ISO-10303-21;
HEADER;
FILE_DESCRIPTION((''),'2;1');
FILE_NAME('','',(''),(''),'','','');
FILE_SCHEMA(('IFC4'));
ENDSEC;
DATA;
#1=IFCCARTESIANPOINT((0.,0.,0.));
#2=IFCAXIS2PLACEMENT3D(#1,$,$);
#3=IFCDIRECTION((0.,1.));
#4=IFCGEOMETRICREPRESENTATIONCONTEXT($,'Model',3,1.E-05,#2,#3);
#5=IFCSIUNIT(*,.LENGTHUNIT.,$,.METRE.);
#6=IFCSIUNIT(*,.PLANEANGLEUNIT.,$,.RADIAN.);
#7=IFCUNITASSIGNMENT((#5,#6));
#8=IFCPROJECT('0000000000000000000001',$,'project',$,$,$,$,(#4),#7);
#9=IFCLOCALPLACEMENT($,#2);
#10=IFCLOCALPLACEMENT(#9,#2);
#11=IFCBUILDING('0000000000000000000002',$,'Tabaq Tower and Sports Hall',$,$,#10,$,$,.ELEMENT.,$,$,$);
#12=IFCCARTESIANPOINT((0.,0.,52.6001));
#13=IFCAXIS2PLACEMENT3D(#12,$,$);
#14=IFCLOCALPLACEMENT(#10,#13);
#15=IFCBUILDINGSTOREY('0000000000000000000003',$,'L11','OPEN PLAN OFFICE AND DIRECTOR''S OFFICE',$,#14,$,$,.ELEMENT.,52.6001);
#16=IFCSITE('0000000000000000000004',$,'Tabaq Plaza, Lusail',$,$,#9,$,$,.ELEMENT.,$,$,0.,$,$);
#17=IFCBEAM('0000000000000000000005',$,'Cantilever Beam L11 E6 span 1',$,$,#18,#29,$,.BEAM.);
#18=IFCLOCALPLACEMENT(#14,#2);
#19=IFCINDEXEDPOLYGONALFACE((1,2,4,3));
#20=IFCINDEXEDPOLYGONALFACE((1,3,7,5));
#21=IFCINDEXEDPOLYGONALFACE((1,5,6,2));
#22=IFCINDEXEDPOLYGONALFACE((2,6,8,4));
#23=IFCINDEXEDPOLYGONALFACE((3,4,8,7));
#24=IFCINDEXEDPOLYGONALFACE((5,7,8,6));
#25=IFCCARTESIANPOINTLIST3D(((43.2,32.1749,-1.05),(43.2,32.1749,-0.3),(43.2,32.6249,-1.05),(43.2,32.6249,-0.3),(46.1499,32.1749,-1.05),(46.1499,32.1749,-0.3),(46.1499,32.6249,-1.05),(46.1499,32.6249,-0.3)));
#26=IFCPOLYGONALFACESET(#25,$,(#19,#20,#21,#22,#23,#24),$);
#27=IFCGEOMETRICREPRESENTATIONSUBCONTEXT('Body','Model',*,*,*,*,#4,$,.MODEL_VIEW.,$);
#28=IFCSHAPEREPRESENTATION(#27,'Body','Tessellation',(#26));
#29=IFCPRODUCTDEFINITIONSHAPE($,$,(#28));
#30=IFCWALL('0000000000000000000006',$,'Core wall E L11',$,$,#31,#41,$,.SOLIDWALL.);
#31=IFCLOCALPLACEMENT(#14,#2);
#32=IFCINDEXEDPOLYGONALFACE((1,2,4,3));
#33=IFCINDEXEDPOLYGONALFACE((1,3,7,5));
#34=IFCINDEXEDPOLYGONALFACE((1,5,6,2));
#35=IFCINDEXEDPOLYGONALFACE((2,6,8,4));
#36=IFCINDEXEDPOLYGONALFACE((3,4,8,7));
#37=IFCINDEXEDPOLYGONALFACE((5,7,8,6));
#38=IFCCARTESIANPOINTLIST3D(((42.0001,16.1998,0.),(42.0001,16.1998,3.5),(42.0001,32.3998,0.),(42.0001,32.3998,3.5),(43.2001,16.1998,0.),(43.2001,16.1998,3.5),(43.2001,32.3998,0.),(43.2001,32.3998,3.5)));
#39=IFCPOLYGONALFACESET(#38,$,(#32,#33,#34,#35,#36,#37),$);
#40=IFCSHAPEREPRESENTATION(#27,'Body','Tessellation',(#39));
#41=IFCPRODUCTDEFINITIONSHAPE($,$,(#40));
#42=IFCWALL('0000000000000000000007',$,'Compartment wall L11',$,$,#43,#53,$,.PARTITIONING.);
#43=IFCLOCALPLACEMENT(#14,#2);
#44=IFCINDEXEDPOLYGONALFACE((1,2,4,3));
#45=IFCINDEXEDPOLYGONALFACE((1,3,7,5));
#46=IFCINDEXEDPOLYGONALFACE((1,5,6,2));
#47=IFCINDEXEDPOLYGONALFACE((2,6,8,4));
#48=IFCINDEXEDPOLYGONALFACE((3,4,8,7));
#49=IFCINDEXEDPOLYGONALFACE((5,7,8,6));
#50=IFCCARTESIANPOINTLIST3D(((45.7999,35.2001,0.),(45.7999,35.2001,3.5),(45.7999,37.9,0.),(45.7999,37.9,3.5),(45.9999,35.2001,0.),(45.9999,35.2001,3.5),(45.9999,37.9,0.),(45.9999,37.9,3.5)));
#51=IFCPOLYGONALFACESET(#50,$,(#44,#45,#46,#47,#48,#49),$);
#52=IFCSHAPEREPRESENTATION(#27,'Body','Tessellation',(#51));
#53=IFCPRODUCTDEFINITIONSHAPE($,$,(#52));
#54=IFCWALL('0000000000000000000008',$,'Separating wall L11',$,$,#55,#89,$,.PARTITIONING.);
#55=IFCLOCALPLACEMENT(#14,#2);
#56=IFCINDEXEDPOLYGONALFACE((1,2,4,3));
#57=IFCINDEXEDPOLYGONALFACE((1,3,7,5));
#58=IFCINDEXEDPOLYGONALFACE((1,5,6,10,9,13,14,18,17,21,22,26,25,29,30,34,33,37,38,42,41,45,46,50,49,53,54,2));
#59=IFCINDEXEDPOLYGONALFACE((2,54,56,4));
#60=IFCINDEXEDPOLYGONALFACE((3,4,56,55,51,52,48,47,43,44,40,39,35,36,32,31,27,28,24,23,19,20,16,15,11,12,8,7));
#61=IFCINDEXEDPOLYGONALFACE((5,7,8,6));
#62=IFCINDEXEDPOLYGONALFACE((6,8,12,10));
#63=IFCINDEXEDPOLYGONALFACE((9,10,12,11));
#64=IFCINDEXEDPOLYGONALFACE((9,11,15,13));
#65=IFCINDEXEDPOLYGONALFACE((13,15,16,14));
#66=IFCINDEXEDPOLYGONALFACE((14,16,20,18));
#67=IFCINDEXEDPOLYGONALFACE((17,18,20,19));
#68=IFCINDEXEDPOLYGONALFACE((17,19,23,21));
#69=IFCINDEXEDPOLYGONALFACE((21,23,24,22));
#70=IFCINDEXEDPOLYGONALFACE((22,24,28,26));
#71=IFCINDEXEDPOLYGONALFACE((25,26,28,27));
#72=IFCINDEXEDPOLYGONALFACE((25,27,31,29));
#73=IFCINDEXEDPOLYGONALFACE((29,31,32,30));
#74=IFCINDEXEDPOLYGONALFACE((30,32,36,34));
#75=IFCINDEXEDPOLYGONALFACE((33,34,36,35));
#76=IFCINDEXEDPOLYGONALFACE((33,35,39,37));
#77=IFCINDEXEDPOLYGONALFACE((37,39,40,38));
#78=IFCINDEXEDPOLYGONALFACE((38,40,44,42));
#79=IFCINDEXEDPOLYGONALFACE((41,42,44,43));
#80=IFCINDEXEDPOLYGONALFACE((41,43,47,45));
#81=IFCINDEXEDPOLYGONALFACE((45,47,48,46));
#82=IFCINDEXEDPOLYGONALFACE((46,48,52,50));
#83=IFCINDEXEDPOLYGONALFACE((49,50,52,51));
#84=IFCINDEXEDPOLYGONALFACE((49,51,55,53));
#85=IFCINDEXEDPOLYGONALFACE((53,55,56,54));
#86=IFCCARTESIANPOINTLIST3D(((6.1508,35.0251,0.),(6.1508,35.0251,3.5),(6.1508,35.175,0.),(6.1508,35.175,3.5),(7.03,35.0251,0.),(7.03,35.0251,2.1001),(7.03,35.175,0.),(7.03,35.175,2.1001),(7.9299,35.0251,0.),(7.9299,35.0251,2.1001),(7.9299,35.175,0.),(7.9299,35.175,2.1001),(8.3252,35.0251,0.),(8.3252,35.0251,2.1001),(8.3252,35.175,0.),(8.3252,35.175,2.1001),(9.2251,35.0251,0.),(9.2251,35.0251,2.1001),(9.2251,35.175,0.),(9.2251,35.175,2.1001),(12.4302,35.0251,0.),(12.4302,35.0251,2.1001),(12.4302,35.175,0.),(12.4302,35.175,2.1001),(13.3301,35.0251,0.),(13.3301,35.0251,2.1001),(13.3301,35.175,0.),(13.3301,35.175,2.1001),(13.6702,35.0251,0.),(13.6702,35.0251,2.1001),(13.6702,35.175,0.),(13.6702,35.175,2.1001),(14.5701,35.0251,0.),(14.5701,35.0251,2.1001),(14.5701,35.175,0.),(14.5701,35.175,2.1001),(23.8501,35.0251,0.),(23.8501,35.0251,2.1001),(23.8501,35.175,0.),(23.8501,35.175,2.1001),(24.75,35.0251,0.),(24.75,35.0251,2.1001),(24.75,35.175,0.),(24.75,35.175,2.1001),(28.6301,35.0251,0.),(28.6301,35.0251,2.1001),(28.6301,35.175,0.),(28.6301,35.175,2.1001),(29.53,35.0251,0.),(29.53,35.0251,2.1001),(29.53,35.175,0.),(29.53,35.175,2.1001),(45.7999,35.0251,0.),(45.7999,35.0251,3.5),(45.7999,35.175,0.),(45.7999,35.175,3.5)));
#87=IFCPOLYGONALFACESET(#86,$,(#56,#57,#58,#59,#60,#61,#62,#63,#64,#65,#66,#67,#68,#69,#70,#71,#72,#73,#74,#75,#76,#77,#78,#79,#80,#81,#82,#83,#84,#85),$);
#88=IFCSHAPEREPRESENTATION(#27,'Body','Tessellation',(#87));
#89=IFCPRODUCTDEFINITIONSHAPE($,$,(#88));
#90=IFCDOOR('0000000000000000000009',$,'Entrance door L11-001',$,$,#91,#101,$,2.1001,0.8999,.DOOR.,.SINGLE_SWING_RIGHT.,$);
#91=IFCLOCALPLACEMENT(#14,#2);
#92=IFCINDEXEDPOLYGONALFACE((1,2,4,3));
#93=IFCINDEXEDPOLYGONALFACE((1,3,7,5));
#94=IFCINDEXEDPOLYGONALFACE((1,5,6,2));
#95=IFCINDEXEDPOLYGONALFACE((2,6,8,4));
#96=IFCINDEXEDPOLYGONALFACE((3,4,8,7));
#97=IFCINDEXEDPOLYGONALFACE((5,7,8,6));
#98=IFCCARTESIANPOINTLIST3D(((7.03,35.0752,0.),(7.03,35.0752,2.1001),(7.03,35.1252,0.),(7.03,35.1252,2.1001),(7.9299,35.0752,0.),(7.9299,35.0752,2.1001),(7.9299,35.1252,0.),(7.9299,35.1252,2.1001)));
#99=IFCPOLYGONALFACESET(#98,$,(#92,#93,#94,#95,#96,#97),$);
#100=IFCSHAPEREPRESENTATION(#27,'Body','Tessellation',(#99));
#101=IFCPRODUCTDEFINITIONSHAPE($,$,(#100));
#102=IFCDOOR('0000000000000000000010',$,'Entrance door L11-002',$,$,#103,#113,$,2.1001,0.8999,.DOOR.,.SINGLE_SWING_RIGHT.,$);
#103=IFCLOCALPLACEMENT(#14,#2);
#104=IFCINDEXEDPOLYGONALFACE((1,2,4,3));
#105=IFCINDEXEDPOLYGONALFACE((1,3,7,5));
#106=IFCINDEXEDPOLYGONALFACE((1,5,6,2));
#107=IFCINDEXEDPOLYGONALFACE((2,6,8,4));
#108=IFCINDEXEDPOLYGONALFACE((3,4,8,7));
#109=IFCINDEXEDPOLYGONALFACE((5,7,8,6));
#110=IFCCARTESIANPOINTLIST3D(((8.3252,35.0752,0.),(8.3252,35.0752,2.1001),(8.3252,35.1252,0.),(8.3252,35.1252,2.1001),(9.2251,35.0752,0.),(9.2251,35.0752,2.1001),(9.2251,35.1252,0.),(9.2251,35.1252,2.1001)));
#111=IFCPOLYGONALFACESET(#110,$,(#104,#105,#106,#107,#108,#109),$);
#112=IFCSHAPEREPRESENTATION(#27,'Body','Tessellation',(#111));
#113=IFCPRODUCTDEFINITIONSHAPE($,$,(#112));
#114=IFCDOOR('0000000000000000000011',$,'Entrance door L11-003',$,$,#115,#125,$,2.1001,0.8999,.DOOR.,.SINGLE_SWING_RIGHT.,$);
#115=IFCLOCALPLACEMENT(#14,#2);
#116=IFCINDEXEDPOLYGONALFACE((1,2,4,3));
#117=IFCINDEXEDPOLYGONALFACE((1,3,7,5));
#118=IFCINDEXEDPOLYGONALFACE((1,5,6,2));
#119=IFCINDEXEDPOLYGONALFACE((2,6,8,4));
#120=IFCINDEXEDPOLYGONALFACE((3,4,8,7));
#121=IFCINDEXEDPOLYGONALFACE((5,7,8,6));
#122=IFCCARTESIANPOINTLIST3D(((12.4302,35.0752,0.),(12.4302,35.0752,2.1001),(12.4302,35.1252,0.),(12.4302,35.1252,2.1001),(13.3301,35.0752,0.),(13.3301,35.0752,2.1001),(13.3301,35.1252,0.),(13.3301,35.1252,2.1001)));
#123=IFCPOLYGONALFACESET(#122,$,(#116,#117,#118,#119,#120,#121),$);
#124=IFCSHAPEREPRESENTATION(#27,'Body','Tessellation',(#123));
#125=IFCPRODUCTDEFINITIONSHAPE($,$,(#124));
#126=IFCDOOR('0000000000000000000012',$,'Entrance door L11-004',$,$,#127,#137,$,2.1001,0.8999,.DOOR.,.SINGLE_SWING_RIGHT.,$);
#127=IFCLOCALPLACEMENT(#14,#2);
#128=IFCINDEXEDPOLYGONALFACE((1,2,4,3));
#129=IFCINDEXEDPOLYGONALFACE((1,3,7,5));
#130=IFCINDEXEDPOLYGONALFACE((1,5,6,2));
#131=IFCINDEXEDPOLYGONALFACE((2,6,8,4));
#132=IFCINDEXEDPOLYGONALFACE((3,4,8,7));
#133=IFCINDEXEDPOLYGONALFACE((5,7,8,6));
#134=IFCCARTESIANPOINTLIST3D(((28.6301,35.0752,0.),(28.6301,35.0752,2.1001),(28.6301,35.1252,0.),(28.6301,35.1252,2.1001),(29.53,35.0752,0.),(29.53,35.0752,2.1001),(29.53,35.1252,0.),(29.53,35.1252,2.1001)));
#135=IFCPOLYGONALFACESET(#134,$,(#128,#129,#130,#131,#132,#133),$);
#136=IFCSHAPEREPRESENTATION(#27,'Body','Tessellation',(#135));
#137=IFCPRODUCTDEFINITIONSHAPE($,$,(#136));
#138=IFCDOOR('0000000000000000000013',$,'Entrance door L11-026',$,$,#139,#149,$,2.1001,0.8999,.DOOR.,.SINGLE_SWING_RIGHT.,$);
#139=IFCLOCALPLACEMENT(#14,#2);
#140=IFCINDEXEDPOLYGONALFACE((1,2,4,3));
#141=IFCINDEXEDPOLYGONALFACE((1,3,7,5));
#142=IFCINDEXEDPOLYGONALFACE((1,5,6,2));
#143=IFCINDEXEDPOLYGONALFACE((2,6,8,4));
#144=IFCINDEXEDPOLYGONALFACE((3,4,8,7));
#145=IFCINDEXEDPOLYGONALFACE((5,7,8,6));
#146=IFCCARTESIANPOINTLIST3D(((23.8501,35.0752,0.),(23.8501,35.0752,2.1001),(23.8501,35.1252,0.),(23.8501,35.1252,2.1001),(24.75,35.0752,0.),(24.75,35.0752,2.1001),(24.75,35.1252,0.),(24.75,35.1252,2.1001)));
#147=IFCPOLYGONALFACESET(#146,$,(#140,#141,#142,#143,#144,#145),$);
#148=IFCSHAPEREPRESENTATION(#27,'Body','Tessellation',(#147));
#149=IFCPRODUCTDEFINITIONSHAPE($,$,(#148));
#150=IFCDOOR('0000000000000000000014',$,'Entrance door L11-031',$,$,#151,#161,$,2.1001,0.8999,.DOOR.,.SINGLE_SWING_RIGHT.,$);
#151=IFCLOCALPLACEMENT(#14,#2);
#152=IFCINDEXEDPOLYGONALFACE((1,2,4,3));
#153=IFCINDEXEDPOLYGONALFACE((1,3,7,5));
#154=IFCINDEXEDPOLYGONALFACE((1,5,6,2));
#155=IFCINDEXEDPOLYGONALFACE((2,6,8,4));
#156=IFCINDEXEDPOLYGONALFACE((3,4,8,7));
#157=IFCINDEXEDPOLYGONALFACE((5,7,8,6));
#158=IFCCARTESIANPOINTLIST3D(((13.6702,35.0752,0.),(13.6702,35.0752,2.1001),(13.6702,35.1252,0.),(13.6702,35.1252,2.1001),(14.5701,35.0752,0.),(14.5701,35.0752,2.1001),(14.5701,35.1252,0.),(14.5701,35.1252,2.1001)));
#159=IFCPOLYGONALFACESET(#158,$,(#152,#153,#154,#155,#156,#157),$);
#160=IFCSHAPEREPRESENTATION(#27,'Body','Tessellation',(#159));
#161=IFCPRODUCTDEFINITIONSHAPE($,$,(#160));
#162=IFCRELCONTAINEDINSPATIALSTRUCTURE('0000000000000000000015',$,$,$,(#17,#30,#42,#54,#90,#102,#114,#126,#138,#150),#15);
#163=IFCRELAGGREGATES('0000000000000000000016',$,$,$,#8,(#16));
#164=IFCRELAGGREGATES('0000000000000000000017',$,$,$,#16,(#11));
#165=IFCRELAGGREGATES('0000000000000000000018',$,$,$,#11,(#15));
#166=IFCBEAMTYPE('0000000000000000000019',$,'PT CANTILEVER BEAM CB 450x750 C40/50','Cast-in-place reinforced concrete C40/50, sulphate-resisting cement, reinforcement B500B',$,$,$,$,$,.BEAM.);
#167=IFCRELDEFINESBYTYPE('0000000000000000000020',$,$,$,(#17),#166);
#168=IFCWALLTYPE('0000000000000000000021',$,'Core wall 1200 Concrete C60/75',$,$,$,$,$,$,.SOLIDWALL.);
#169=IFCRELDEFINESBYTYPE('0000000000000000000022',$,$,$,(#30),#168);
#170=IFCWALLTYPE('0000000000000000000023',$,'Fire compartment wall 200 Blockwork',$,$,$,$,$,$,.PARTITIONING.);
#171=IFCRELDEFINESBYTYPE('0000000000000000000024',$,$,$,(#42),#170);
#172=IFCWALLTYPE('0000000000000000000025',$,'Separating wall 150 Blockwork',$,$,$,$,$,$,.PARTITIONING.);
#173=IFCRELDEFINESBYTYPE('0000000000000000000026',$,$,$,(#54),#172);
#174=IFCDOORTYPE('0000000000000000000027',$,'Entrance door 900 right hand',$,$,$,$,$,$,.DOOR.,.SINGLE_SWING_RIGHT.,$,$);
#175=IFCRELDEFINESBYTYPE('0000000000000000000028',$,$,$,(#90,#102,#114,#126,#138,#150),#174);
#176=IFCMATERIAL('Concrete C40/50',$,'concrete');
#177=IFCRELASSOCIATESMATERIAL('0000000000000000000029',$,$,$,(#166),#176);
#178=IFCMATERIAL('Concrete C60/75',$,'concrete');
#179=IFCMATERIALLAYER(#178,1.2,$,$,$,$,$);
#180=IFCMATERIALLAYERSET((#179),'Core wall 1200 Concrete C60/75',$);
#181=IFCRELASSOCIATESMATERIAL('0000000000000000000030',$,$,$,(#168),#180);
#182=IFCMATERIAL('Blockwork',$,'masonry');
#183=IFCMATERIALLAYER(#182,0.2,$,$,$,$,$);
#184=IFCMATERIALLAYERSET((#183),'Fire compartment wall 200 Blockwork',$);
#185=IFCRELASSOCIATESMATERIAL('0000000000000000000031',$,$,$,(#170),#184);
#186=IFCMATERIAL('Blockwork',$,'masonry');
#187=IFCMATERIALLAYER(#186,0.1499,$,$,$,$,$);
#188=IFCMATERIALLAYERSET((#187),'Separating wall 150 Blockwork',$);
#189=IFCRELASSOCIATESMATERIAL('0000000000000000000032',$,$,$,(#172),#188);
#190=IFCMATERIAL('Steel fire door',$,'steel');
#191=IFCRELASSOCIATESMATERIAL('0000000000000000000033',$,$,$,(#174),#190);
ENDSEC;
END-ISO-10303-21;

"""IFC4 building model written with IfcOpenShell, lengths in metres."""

from ifc_helpers import new_model, si_unit, direction, frame, frame_2d, origin, origin_2d, place, context, subcontext, project, spatial, rectangle, extrude, material, layer, layer_set, material_profile, profile_set, type_object, element, fill, save


model = new_model("IFC4")

# Units and contexts
model_context = context("Model", 3, precision=1e-05, world=origin(), true_north=direction((0.0, 1.0)))
body_context = subcontext(model_context, "Body", "Model", "MODEL_VIEW")
ifc_project = project(units=[si_unit("LENGTHUNIT", "METRE"), si_unit("PLANEANGLEUNIT", "RADIAN")], contexts=[model_context])

# Site, building, storey
site_placement = place(None, origin())
site = spatial("IfcSite", under=ifc_project, at=site_placement, Name="Tabaq Plaza, Lusail", CompositionType="ELEMENT", RefElevation=0.0)
building_placement = place(site_placement, origin())
building = spatial("IfcBuilding", under=site, at=building_placement, Name="Tabaq Tower and Sports Hall", CompositionType="ELEMENT")
storey_placement = place(building_placement, frame((0.0, 0.0, 52.6001)))
storey = spatial("IfcBuildingStorey", under=building, at=storey_placement, Name="L11", Description="OPEN PLAN OFFICE AND DIRECTOR'S OFFICE", CompositionType="ELEMENT", Elevation=52.6001)

# Beam
ifc_material_1 = material(Name="Concrete C40/50", Category="concrete")
ifc_material_profile = material_profile(ifc_material_1, rectangle(XDim=0.45, YDim=0.75, at=origin_2d()), Name="CB 450x750")
ifc_profile_set = profile_set([ifc_material_profile], Name="Concrete C40/50")
beam_type = type_object("IfcBeamType", Name="PT CANTILEVER BEAM CB 450x750 C40/50", Description="Cast-in-place reinforced concrete C40/50, sulphate-resisting cement, reinforcement B500B", PredefinedType="BEAM", material=ifc_profile_set)
beam_placement = place(storey_placement, frame((46.1499, 32.3999, -0.675), z_axis=(-1.0, 0.0, 0.0), x_axis=(0.0, -1.0, 0.0)))
element("IfcBeam", 1, at=beam_placement, inside=storey, type_object=beam_type, Name="Cantilever Beam L11 E6 span 1", PredefinedType="BEAM", context=body_context, shape_type="SweptSolid", body=[
    extrude(rectangle(XDim=0.45, YDim=0.75, at=origin_2d()), origin(), (0.0, 0.0, 1.0), 2.95),
])

# Wall
ifc_material_2 = material(Name="Concrete C60/75", Category="concrete")
ifc_layer_1 = layer(ifc_material_2, 1.2)
ifc_layer_set_1 = layer_set([ifc_layer_1], Name="Core wall 1200 Concrete C60/75")
wall_type_1 = type_object("IfcWallType", Name="Core wall 1200 Concrete C60/75", PredefinedType="SOLIDWALL", material=ifc_layer_set_1)
wall_1_placement = place(storey_placement, frame((42.6001, 32.3999, 0.0), z_axis=(0.0, 0.0, 1.0), x_axis=(0.0, -1.0, 0.0)))
element("IfcWall", 2, at=wall_1_placement, inside=storey, type_object=wall_type_1, Name="Core wall E L11", PredefinedType="SOLIDWALL", context=body_context, shape_type="SweptSolid", body=[
    extrude(rectangle(XDim=16.2, YDim=1.2, at=frame_2d((8.1001, 0.0))), origin(), (0.0, 0.0, 1.0), 3.5),
])

# Shared definitions
ifc_material_3 = material(Name="Blockwork", Category="masonry")
ifc_layer_2 = layer(ifc_material_3, 0.2)
ifc_layer_set_2 = layer_set([ifc_layer_2], Name="Fire compartment wall 200 Blockwork")
wall_type_2 = type_object("IfcWallType", Name="Fire compartment wall 200 Blockwork", PredefinedType="PARTITIONING", material=ifc_layer_set_2)

# Wall
wall_2_placement = place(storey_placement, frame((45.8999, 35.2, 0.0), z_axis=(0.0, 0.0, 1.0), x_axis=(0.0, 1.0, 0.0)))
element("IfcWall", 3, at=wall_2_placement, inside=storey, type_object=wall_type_2, Name="Compartment wall L11", PredefinedType="PARTITIONING", context=body_context, shape_type="SweptSolid", body=[
    extrude(rectangle(XDim=2.7, YDim=0.2, at=frame_2d((1.3501, 0.0))), origin(), (0.0, 0.0, 1.0), 3.5),
])

# Wall, openings, doors
ifc_material_4 = material(Name="Blockwork", Category="masonry")
ifc_layer_3 = layer(ifc_material_4, 0.1499)
ifc_layer_set_3 = layer_set([ifc_layer_3], Name="Separating wall 150 Blockwork")
wall_type_3 = type_object("IfcWallType", Name="Separating wall 150 Blockwork", PredefinedType="PARTITIONING", material=ifc_layer_set_3)
wall_3_placement = place(storey_placement, frame((45.8, 35.1001, 0.0), z_axis=(0.0, 0.0, 1.0), x_axis=(-1.0, 0.0, 0.0)))
wall_3 = element("IfcWall", 4, at=wall_3_placement, inside=storey, type_object=wall_type_3, Name="Separating wall L11", PredefinedType="PARTITIONING", context=body_context, shape_type="SweptSolid", body=[
    extrude(rectangle(XDim=39.6492, YDim=0.1499, at=frame_2d((19.8247, 0.0))), origin(), (0.0, 0.0, 1.0), 3.5),
])
opening_1_placement = place(wall_3_placement, frame((37.8701, 0.0, 0.0)))
opening_1 = element("IfcOpeningElement", 5, at=opening_1_placement, cuts=wall_3, PredefinedType="OPENING", context=body_context, shape_type="SweptSolid", body=[
    extrude(rectangle(XDim=0.8999, YDim=2.1001, at=frame_2d((0.45, 1.05))), frame((0.0, 0.075, 0.0), z_axis=(0.0, -1.0, 0.0), x_axis=(1.0, 0.0, 0.0)), (0.0, 0.0, 1.0), 0.1499),
])
opening_2_placement = place(wall_3_placement, frame((36.575, 0.0, 0.0)))
opening_2 = element("IfcOpeningElement", 6, at=opening_2_placement, cuts=wall_3, PredefinedType="OPENING", context=body_context, shape_type="SweptSolid", body=[
    extrude(rectangle(XDim=0.8999, YDim=2.1001, at=frame_2d((0.45, 1.05))), frame((0.0, 0.075, 0.0), z_axis=(0.0, -1.0, 0.0), x_axis=(1.0, 0.0, 0.0)), (0.0, 0.0, 1.0), 0.1499),
])
opening_3_placement = place(wall_3_placement, frame((32.47, 0.0, 0.0)))
opening_3 = element("IfcOpeningElement", 7, at=opening_3_placement, cuts=wall_3, PredefinedType="OPENING", context=body_context, shape_type="SweptSolid", body=[
    extrude(rectangle(XDim=0.8999, YDim=2.1001, at=frame_2d((0.45, 1.05))), frame((0.0, 0.075, 0.0), z_axis=(0.0, -1.0, 0.0), x_axis=(1.0, 0.0, 0.0)), (0.0, 0.0, 1.0), 0.1499),
])
opening_4_placement = place(wall_3_placement, frame((16.27, 0.0, 0.0)))
opening_4 = element("IfcOpeningElement", 8, at=opening_4_placement, cuts=wall_3, PredefinedType="OPENING", context=body_context, shape_type="SweptSolid", body=[
    extrude(rectangle(XDim=0.8999, YDim=2.1001, at=frame_2d((0.45, 1.05))), frame((0.0, 0.075, 0.0), z_axis=(0.0, -1.0, 0.0), x_axis=(1.0, 0.0, 0.0)), (0.0, 0.0, 1.0), 0.1499),
])
opening_5_placement = place(wall_3_placement, frame((21.05, 0.0, 0.0)))
opening_5 = element("IfcOpeningElement", 9, at=opening_5_placement, cuts=wall_3, PredefinedType="OPENING", context=body_context, shape_type="SweptSolid", body=[
    extrude(rectangle(XDim=0.8999, YDim=2.1001, at=frame_2d((0.45, 1.05))), frame((0.0, 0.075, 0.0), z_axis=(0.0, -1.0, 0.0), x_axis=(1.0, 0.0, 0.0)), (0.0, 0.0, 1.0), 0.1499),
])
opening_6_placement = place(wall_3_placement, frame((31.23, 0.0, 0.0)))
opening_6 = element("IfcOpeningElement", 10, at=opening_6_placement, cuts=wall_3, PredefinedType="OPENING", context=body_context, shape_type="SweptSolid", body=[
    extrude(rectangle(XDim=0.8999, YDim=2.1001, at=frame_2d((0.45, 1.05))), frame((0.0, 0.075, 0.0), z_axis=(0.0, -1.0, 0.0), x_axis=(1.0, 0.0, 0.0)), (0.0, 0.0, 1.0), 0.1499),
])
ifc_material_5 = material(Name="Steel fire door", Category="steel")
door_type_1 = type_object("IfcDoorType", Name="Entrance door 900 right hand", OperationType="SINGLE_SWING_RIGHT", PredefinedType="DOOR", material=ifc_material_5)
door_1_placement = place(opening_1_placement, origin())
door_1 = element("IfcDoor", 11, at=door_1_placement, inside=storey, type_object=door_type_1, Name="Entrance door L11-001", OperationType="SINGLE_SWING_RIGHT", OverallHeight=2.1001, OverallWidth=0.8999, PredefinedType="DOOR", context=body_context, shape_type="SweptSolid", body=[
    extrude(rectangle(XDim=0.8999, YDim=2.1001, at=frame_2d((0.45, 1.05))), frame((0.0, 0.0249, 0.0), z_axis=(0.0, -1.0, 0.0), x_axis=(1.0, 0.0, 0.0)), (0.0, 0.0, 1.0), 0.05),
])
fill(opening_1, door_1)
door_2_placement = place(opening_2_placement, origin())
door_2 = element("IfcDoor", 12, at=door_2_placement, inside=storey, type_object=door_type_1, Name="Entrance door L11-002", OperationType="SINGLE_SWING_RIGHT", OverallHeight=2.1001, OverallWidth=0.8999, PredefinedType="DOOR", context=body_context, shape_type="SweptSolid", body=[
    extrude(rectangle(XDim=0.8999, YDim=2.1001, at=frame_2d((0.45, 1.05))), frame((0.0, 0.0249, 0.0), z_axis=(0.0, -1.0, 0.0), x_axis=(1.0, 0.0, 0.0)), (0.0, 0.0, 1.0), 0.05),
])
fill(opening_2, door_2)
door_3_placement = place(opening_3_placement, origin())
door_3 = element("IfcDoor", 13, at=door_3_placement, inside=storey, type_object=door_type_1, Name="Entrance door L11-003", OperationType="SINGLE_SWING_RIGHT", OverallHeight=2.1001, OverallWidth=0.8999, PredefinedType="DOOR", context=body_context, shape_type="SweptSolid", body=[
    extrude(rectangle(XDim=0.8999, YDim=2.1001, at=frame_2d((0.45, 1.05))), frame((0.0, 0.0249, 0.0), z_axis=(0.0, -1.0, 0.0), x_axis=(1.0, 0.0, 0.0)), (0.0, 0.0, 1.0), 0.05),
])
fill(opening_3, door_3)
door_4_placement = place(opening_4_placement, origin())
door_4 = element("IfcDoor", 14, at=door_4_placement, inside=storey, type_object=door_type_1, Name="Entrance door L11-004", OperationType="SINGLE_SWING_RIGHT", OverallHeight=2.1001, OverallWidth=0.8999, PredefinedType="DOOR", context=body_context, shape_type="SweptSolid", body=[
    extrude(rectangle(XDim=0.8999, YDim=2.1001, at=frame_2d((0.45, 1.05))), frame((0.0, 0.0249, 0.0), z_axis=(0.0, -1.0, 0.0), x_axis=(1.0, 0.0, 0.0)), (0.0, 0.0, 1.0), 0.05),
])
fill(opening_4, door_4)
door_5_placement = place(opening_5_placement, origin())
door_5 = element("IfcDoor", 15, at=door_5_placement, inside=storey, type_object=door_type_1, Name="Entrance door L11-026", OperationType="SINGLE_SWING_RIGHT", OverallHeight=2.1001, OverallWidth=0.8999, PredefinedType="DOOR", context=body_context, shape_type="SweptSolid", body=[
    extrude(rectangle(XDim=0.8999, YDim=2.1001, at=frame_2d((0.45, 1.05))), frame((0.0, 0.0249, 0.0), z_axis=(0.0, -1.0, 0.0), x_axis=(1.0, 0.0, 0.0)), (0.0, 0.0, 1.0), 0.05),
])
fill(opening_5, door_5)
door_6_placement = place(opening_6_placement, origin())
door_6 = element("IfcDoor", 16, at=door_6_placement, inside=storey, type_object=door_type_1, Name="Entrance door L11-031", OperationType="SINGLE_SWING_RIGHT", OverallHeight=2.1001, OverallWidth=0.8999, PredefinedType="DOOR", context=body_context, shape_type="SweptSolid", body=[
    extrude(rectangle(XDim=0.8999, YDim=2.1001, at=frame_2d((0.45, 1.05))), frame((0.0, 0.0249, 0.0), z_axis=(0.0, -1.0, 0.0), x_axis=(1.0, 0.0, 0.0)), (0.0, 0.0, 1.0), 0.05),
])
fill(opening_6, door_6)

save(model, "model.ifc")
